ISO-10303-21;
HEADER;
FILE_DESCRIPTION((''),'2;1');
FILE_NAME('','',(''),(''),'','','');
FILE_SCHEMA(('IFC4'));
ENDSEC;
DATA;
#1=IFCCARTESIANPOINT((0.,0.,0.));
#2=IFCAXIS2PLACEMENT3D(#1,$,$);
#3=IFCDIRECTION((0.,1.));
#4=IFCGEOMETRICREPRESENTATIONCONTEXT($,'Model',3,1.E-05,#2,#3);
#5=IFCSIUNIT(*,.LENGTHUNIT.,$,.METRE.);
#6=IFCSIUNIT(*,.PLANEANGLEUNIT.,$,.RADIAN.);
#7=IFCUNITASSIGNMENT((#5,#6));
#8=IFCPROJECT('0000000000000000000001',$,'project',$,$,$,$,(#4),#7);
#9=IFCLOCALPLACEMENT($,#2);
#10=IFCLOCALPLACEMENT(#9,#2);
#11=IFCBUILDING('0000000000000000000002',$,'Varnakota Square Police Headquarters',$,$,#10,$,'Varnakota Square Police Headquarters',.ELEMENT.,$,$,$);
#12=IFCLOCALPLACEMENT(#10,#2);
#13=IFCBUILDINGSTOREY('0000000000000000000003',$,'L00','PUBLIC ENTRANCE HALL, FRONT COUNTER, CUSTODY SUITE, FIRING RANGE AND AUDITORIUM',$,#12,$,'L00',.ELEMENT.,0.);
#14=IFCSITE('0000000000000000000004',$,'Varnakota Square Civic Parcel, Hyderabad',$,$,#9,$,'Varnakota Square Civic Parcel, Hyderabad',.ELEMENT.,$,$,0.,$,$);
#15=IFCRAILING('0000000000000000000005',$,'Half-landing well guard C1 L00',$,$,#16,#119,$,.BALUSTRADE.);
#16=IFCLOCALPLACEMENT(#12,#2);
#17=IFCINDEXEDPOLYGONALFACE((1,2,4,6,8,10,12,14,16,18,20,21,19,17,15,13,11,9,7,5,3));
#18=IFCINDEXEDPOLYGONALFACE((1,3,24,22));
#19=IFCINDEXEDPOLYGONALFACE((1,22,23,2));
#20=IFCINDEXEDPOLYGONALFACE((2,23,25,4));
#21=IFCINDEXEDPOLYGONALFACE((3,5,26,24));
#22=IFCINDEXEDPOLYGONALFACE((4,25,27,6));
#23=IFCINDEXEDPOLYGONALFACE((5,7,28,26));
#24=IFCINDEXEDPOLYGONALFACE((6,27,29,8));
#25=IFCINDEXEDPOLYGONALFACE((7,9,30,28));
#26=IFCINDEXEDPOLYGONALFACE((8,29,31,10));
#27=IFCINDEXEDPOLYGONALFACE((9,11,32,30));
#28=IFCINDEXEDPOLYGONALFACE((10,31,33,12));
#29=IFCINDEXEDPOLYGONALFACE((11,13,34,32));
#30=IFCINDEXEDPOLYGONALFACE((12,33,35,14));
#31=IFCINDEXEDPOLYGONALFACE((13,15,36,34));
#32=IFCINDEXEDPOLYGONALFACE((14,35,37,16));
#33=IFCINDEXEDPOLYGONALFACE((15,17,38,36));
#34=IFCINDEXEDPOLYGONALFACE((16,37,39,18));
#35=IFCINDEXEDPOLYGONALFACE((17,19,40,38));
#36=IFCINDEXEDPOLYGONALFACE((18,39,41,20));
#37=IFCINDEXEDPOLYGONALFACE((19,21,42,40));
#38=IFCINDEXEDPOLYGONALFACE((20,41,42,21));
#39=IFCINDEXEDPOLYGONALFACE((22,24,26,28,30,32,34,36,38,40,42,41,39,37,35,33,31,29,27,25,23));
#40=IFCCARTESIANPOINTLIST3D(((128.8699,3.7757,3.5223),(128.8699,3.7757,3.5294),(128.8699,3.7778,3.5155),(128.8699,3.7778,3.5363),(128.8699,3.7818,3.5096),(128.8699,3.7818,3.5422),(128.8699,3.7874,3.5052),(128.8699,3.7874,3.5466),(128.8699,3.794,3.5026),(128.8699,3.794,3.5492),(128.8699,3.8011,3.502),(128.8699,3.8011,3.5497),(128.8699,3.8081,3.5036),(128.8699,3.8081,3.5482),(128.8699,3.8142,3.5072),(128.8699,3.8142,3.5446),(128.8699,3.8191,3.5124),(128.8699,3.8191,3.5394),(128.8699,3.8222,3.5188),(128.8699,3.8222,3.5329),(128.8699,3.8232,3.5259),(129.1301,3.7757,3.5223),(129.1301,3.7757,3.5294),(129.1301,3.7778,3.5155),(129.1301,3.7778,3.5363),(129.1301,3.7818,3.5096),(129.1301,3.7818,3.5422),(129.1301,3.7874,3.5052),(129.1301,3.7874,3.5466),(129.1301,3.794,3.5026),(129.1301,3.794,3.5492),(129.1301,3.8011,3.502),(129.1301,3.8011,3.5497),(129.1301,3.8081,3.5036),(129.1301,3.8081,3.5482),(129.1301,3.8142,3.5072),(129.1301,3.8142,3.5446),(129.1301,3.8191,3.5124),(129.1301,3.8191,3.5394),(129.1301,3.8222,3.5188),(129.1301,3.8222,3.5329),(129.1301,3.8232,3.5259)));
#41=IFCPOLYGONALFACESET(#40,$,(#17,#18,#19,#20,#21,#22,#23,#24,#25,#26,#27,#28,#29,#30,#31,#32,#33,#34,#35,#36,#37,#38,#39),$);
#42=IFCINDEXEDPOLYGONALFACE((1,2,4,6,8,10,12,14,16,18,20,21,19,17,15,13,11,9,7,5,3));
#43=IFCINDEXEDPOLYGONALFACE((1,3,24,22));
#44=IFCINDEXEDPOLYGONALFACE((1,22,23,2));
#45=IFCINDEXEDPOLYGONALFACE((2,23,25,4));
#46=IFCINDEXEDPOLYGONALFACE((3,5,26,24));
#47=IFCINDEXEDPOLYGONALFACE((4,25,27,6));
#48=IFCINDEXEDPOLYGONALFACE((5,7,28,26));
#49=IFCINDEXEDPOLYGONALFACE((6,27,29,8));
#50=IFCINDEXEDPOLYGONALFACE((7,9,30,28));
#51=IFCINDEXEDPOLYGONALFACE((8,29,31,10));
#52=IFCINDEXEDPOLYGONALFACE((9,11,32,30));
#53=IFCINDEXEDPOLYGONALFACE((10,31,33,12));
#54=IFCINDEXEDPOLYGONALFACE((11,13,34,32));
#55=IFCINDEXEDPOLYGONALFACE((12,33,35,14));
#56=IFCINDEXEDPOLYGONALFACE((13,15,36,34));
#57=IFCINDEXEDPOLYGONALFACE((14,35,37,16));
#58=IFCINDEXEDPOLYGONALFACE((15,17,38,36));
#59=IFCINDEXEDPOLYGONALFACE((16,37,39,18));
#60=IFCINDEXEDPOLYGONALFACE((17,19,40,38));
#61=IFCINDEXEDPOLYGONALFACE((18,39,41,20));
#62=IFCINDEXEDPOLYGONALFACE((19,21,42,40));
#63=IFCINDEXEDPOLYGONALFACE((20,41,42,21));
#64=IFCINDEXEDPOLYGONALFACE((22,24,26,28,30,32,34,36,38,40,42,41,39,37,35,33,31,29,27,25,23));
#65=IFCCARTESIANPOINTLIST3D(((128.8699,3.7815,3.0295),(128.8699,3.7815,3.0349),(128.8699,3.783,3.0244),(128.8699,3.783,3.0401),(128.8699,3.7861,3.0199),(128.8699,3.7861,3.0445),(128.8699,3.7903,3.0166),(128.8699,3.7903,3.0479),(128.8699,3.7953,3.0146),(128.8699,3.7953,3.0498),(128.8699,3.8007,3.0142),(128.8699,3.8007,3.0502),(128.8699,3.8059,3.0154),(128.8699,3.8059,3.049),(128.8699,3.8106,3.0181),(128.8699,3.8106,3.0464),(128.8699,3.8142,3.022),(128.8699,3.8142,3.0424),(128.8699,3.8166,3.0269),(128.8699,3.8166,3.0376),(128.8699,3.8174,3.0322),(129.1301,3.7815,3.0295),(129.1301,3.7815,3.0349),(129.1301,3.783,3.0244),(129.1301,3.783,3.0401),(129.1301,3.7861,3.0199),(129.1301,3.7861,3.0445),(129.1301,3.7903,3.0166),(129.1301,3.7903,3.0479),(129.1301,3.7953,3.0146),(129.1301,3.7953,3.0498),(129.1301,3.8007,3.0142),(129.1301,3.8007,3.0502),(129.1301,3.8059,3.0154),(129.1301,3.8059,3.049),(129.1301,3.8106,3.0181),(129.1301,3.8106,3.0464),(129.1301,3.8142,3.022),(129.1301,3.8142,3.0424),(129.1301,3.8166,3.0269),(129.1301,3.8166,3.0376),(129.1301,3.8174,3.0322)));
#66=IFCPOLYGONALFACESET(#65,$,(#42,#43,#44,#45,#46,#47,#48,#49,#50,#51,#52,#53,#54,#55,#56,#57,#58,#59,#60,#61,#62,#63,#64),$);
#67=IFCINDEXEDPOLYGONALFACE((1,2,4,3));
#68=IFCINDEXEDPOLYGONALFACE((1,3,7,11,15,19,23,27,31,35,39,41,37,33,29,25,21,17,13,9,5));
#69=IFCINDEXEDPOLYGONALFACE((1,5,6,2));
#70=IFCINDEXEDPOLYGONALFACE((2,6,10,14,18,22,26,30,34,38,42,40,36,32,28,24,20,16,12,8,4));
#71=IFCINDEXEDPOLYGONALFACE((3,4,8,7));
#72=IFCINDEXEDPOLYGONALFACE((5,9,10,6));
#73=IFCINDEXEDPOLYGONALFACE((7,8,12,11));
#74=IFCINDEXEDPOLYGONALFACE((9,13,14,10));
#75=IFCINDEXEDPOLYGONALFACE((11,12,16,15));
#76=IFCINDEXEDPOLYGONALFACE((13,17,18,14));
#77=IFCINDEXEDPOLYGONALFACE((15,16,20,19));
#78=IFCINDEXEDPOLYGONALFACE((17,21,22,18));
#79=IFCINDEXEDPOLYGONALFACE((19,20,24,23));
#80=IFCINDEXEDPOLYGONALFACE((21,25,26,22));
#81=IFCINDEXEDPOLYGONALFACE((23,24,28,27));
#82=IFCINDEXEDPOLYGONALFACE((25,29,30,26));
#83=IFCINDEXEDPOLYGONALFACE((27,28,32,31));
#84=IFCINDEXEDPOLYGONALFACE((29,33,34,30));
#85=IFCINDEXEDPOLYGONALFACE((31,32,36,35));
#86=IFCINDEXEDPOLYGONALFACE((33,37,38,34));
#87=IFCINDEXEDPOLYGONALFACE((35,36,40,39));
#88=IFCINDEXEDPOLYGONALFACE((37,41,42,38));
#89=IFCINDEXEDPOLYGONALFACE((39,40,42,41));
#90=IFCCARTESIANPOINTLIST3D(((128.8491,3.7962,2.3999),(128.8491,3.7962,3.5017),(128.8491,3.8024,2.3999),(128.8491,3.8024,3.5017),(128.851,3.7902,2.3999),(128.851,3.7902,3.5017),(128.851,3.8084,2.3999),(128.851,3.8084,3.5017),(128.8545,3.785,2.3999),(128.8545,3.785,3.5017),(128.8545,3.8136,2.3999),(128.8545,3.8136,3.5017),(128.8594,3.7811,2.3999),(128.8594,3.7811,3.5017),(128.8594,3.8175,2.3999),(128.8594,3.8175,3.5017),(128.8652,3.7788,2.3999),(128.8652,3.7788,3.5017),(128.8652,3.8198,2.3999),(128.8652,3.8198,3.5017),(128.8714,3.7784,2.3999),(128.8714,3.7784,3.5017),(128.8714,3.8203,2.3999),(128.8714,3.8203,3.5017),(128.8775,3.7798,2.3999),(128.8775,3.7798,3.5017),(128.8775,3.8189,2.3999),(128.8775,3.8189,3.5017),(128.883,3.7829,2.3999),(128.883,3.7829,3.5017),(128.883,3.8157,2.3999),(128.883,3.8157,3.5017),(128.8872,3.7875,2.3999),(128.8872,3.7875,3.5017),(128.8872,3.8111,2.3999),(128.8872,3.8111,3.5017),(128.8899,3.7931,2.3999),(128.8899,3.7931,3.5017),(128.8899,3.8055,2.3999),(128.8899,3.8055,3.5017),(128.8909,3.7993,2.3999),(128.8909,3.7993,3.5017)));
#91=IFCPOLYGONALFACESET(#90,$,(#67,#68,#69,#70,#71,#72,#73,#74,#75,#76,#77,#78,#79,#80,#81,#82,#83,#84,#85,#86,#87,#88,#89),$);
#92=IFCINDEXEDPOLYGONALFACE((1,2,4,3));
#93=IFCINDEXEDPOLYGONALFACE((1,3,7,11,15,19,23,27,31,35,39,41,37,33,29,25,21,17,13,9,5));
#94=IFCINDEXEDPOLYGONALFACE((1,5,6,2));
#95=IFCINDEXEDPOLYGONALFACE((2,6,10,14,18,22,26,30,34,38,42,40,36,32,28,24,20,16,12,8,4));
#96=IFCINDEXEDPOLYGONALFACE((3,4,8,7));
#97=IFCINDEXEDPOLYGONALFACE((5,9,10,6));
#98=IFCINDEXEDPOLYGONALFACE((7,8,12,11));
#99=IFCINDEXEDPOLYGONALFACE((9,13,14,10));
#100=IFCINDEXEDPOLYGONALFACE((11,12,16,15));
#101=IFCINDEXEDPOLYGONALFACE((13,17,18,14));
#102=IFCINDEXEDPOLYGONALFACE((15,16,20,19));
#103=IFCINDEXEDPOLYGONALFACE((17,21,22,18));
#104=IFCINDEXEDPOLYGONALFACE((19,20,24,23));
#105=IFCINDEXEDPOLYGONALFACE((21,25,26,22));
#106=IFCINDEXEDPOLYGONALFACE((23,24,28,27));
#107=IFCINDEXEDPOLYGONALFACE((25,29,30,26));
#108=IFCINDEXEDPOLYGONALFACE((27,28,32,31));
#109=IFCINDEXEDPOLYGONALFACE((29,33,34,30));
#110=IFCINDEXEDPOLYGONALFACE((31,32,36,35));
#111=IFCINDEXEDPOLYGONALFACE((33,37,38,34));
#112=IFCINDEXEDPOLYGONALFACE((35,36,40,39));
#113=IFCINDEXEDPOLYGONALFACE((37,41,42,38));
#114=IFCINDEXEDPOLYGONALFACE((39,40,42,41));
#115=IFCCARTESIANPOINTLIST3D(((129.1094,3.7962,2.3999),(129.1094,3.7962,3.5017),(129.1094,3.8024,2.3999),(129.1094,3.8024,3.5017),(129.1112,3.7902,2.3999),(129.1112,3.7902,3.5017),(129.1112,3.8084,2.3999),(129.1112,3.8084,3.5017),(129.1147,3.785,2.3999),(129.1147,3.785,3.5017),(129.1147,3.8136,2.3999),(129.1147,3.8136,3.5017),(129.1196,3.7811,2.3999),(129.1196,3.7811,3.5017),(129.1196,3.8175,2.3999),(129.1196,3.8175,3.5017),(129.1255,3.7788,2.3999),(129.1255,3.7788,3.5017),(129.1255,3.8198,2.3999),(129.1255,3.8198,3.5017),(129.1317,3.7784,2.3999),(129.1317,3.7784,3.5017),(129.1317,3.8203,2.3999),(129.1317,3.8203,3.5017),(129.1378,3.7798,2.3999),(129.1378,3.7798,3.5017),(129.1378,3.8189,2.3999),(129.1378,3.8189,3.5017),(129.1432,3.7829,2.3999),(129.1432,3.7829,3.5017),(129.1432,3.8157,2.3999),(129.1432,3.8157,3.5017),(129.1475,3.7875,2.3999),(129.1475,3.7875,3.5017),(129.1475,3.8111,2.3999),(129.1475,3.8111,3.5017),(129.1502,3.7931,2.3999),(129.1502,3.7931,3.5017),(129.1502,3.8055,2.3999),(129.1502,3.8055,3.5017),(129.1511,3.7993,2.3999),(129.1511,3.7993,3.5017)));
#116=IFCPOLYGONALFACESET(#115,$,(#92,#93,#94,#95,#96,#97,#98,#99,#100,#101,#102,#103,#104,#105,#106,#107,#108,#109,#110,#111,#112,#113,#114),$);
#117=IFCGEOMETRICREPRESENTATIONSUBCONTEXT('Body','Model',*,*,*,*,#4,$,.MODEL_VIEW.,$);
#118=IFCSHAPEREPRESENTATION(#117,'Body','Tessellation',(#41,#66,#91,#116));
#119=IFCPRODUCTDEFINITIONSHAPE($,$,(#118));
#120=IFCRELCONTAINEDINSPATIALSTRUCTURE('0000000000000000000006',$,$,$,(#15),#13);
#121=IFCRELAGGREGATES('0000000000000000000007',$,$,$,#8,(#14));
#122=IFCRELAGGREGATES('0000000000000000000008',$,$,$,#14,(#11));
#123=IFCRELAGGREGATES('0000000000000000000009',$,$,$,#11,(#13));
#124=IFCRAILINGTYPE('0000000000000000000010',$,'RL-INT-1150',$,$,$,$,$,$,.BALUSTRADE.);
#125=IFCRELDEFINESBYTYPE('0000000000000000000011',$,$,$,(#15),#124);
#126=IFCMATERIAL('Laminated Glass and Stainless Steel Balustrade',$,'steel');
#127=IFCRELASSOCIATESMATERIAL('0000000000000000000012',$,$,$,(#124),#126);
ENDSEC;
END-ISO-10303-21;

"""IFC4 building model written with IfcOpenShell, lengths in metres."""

from ifc_helpers import new_model, si_unit, direction, frame, origin, origin_2d, place, context, subcontext, project, spatial, circle, extrude, material, type_object, element, save


model = new_model("IFC4")

# Units and contexts
model_context = context("Model", 3, precision=1e-05, world=origin(), true_north=direction((0.0, 1.0)))
body_context = subcontext(model_context, "Body", "Model", "MODEL_VIEW")
ifc_project = project(units=[si_unit("LENGTHUNIT", "METRE"), si_unit("PLANEANGLEUNIT", "RADIAN")], contexts=[model_context])

# Site, building, storey
site_placement = place(None, origin())
site = spatial("IfcSite", under=ifc_project, at=site_placement, Name="Varnakota Square Civic Parcel, Hyderabad", LongName="Varnakota Square Civic Parcel, Hyderabad", CompositionType="ELEMENT", RefElevation=0.0)
building_placement = place(site_placement, origin())
building = spatial("IfcBuilding", under=site, at=building_placement, Name="Varnakota Square Police Headquarters", LongName="Varnakota Square Police Headquarters", CompositionType="ELEMENT")
storey_placement = place(building_placement, origin())
storey = spatial("IfcBuildingStorey", under=building, at=storey_placement, Name="L00", Description="PUBLIC ENTRANCE HALL, FRONT COUNTER, CUSTODY SUITE, FIRING RANGE AND AUDITORIUM", LongName="L00", CompositionType="ELEMENT", Elevation=0.0)

# Railing
ifc_material_1 = material(Name="Laminated Glass and Stainless Steel Balustrade", Category="steel")
railing_type_1 = type_object("IfcRailingType", Name="RL-INT-1150", PredefinedType="BALUSTRADE", material=ifc_material_1)
railing_1_placement = place(storey_placement, frame((128.8699, 3.7993, 2.3999)))
element("IfcRailing", 1, at=railing_1_placement, inside=storey, type_object=railing_type_1, Name="Half-landing well guard C1 L00", PredefinedType="BALUSTRADE", context=body_context, shape_type="SweptSolid", body=[
    extrude(circle(Radius=0.0239, at=origin_2d()), frame((0.0, 0.0, 1.126), z_axis=(1.0, 0.0, 0.0), x_axis=(0.0, 1.0, 0.0)), (0.0, 0.0, 1.0), 0.2603),
    extrude(circle(Radius=0.0181, at=origin_2d()), frame((0.0, 0.0, 0.6323), z_axis=(1.0, 0.0, 0.0), x_axis=(0.0, 1.0, 0.0)), (0.0, 0.0, 1.0), 0.2603),
    extrude(circle(Radius=0.021, at=origin_2d()), origin(), (0.0, 0.0, 1.0), 1.1018),
    extrude(circle(Radius=0.021, at=origin_2d()), frame((0.2603, 0.0, 0.0)), (0.0, 0.0, 1.0), 1.1018),
])

save(model, "model.ifc")
